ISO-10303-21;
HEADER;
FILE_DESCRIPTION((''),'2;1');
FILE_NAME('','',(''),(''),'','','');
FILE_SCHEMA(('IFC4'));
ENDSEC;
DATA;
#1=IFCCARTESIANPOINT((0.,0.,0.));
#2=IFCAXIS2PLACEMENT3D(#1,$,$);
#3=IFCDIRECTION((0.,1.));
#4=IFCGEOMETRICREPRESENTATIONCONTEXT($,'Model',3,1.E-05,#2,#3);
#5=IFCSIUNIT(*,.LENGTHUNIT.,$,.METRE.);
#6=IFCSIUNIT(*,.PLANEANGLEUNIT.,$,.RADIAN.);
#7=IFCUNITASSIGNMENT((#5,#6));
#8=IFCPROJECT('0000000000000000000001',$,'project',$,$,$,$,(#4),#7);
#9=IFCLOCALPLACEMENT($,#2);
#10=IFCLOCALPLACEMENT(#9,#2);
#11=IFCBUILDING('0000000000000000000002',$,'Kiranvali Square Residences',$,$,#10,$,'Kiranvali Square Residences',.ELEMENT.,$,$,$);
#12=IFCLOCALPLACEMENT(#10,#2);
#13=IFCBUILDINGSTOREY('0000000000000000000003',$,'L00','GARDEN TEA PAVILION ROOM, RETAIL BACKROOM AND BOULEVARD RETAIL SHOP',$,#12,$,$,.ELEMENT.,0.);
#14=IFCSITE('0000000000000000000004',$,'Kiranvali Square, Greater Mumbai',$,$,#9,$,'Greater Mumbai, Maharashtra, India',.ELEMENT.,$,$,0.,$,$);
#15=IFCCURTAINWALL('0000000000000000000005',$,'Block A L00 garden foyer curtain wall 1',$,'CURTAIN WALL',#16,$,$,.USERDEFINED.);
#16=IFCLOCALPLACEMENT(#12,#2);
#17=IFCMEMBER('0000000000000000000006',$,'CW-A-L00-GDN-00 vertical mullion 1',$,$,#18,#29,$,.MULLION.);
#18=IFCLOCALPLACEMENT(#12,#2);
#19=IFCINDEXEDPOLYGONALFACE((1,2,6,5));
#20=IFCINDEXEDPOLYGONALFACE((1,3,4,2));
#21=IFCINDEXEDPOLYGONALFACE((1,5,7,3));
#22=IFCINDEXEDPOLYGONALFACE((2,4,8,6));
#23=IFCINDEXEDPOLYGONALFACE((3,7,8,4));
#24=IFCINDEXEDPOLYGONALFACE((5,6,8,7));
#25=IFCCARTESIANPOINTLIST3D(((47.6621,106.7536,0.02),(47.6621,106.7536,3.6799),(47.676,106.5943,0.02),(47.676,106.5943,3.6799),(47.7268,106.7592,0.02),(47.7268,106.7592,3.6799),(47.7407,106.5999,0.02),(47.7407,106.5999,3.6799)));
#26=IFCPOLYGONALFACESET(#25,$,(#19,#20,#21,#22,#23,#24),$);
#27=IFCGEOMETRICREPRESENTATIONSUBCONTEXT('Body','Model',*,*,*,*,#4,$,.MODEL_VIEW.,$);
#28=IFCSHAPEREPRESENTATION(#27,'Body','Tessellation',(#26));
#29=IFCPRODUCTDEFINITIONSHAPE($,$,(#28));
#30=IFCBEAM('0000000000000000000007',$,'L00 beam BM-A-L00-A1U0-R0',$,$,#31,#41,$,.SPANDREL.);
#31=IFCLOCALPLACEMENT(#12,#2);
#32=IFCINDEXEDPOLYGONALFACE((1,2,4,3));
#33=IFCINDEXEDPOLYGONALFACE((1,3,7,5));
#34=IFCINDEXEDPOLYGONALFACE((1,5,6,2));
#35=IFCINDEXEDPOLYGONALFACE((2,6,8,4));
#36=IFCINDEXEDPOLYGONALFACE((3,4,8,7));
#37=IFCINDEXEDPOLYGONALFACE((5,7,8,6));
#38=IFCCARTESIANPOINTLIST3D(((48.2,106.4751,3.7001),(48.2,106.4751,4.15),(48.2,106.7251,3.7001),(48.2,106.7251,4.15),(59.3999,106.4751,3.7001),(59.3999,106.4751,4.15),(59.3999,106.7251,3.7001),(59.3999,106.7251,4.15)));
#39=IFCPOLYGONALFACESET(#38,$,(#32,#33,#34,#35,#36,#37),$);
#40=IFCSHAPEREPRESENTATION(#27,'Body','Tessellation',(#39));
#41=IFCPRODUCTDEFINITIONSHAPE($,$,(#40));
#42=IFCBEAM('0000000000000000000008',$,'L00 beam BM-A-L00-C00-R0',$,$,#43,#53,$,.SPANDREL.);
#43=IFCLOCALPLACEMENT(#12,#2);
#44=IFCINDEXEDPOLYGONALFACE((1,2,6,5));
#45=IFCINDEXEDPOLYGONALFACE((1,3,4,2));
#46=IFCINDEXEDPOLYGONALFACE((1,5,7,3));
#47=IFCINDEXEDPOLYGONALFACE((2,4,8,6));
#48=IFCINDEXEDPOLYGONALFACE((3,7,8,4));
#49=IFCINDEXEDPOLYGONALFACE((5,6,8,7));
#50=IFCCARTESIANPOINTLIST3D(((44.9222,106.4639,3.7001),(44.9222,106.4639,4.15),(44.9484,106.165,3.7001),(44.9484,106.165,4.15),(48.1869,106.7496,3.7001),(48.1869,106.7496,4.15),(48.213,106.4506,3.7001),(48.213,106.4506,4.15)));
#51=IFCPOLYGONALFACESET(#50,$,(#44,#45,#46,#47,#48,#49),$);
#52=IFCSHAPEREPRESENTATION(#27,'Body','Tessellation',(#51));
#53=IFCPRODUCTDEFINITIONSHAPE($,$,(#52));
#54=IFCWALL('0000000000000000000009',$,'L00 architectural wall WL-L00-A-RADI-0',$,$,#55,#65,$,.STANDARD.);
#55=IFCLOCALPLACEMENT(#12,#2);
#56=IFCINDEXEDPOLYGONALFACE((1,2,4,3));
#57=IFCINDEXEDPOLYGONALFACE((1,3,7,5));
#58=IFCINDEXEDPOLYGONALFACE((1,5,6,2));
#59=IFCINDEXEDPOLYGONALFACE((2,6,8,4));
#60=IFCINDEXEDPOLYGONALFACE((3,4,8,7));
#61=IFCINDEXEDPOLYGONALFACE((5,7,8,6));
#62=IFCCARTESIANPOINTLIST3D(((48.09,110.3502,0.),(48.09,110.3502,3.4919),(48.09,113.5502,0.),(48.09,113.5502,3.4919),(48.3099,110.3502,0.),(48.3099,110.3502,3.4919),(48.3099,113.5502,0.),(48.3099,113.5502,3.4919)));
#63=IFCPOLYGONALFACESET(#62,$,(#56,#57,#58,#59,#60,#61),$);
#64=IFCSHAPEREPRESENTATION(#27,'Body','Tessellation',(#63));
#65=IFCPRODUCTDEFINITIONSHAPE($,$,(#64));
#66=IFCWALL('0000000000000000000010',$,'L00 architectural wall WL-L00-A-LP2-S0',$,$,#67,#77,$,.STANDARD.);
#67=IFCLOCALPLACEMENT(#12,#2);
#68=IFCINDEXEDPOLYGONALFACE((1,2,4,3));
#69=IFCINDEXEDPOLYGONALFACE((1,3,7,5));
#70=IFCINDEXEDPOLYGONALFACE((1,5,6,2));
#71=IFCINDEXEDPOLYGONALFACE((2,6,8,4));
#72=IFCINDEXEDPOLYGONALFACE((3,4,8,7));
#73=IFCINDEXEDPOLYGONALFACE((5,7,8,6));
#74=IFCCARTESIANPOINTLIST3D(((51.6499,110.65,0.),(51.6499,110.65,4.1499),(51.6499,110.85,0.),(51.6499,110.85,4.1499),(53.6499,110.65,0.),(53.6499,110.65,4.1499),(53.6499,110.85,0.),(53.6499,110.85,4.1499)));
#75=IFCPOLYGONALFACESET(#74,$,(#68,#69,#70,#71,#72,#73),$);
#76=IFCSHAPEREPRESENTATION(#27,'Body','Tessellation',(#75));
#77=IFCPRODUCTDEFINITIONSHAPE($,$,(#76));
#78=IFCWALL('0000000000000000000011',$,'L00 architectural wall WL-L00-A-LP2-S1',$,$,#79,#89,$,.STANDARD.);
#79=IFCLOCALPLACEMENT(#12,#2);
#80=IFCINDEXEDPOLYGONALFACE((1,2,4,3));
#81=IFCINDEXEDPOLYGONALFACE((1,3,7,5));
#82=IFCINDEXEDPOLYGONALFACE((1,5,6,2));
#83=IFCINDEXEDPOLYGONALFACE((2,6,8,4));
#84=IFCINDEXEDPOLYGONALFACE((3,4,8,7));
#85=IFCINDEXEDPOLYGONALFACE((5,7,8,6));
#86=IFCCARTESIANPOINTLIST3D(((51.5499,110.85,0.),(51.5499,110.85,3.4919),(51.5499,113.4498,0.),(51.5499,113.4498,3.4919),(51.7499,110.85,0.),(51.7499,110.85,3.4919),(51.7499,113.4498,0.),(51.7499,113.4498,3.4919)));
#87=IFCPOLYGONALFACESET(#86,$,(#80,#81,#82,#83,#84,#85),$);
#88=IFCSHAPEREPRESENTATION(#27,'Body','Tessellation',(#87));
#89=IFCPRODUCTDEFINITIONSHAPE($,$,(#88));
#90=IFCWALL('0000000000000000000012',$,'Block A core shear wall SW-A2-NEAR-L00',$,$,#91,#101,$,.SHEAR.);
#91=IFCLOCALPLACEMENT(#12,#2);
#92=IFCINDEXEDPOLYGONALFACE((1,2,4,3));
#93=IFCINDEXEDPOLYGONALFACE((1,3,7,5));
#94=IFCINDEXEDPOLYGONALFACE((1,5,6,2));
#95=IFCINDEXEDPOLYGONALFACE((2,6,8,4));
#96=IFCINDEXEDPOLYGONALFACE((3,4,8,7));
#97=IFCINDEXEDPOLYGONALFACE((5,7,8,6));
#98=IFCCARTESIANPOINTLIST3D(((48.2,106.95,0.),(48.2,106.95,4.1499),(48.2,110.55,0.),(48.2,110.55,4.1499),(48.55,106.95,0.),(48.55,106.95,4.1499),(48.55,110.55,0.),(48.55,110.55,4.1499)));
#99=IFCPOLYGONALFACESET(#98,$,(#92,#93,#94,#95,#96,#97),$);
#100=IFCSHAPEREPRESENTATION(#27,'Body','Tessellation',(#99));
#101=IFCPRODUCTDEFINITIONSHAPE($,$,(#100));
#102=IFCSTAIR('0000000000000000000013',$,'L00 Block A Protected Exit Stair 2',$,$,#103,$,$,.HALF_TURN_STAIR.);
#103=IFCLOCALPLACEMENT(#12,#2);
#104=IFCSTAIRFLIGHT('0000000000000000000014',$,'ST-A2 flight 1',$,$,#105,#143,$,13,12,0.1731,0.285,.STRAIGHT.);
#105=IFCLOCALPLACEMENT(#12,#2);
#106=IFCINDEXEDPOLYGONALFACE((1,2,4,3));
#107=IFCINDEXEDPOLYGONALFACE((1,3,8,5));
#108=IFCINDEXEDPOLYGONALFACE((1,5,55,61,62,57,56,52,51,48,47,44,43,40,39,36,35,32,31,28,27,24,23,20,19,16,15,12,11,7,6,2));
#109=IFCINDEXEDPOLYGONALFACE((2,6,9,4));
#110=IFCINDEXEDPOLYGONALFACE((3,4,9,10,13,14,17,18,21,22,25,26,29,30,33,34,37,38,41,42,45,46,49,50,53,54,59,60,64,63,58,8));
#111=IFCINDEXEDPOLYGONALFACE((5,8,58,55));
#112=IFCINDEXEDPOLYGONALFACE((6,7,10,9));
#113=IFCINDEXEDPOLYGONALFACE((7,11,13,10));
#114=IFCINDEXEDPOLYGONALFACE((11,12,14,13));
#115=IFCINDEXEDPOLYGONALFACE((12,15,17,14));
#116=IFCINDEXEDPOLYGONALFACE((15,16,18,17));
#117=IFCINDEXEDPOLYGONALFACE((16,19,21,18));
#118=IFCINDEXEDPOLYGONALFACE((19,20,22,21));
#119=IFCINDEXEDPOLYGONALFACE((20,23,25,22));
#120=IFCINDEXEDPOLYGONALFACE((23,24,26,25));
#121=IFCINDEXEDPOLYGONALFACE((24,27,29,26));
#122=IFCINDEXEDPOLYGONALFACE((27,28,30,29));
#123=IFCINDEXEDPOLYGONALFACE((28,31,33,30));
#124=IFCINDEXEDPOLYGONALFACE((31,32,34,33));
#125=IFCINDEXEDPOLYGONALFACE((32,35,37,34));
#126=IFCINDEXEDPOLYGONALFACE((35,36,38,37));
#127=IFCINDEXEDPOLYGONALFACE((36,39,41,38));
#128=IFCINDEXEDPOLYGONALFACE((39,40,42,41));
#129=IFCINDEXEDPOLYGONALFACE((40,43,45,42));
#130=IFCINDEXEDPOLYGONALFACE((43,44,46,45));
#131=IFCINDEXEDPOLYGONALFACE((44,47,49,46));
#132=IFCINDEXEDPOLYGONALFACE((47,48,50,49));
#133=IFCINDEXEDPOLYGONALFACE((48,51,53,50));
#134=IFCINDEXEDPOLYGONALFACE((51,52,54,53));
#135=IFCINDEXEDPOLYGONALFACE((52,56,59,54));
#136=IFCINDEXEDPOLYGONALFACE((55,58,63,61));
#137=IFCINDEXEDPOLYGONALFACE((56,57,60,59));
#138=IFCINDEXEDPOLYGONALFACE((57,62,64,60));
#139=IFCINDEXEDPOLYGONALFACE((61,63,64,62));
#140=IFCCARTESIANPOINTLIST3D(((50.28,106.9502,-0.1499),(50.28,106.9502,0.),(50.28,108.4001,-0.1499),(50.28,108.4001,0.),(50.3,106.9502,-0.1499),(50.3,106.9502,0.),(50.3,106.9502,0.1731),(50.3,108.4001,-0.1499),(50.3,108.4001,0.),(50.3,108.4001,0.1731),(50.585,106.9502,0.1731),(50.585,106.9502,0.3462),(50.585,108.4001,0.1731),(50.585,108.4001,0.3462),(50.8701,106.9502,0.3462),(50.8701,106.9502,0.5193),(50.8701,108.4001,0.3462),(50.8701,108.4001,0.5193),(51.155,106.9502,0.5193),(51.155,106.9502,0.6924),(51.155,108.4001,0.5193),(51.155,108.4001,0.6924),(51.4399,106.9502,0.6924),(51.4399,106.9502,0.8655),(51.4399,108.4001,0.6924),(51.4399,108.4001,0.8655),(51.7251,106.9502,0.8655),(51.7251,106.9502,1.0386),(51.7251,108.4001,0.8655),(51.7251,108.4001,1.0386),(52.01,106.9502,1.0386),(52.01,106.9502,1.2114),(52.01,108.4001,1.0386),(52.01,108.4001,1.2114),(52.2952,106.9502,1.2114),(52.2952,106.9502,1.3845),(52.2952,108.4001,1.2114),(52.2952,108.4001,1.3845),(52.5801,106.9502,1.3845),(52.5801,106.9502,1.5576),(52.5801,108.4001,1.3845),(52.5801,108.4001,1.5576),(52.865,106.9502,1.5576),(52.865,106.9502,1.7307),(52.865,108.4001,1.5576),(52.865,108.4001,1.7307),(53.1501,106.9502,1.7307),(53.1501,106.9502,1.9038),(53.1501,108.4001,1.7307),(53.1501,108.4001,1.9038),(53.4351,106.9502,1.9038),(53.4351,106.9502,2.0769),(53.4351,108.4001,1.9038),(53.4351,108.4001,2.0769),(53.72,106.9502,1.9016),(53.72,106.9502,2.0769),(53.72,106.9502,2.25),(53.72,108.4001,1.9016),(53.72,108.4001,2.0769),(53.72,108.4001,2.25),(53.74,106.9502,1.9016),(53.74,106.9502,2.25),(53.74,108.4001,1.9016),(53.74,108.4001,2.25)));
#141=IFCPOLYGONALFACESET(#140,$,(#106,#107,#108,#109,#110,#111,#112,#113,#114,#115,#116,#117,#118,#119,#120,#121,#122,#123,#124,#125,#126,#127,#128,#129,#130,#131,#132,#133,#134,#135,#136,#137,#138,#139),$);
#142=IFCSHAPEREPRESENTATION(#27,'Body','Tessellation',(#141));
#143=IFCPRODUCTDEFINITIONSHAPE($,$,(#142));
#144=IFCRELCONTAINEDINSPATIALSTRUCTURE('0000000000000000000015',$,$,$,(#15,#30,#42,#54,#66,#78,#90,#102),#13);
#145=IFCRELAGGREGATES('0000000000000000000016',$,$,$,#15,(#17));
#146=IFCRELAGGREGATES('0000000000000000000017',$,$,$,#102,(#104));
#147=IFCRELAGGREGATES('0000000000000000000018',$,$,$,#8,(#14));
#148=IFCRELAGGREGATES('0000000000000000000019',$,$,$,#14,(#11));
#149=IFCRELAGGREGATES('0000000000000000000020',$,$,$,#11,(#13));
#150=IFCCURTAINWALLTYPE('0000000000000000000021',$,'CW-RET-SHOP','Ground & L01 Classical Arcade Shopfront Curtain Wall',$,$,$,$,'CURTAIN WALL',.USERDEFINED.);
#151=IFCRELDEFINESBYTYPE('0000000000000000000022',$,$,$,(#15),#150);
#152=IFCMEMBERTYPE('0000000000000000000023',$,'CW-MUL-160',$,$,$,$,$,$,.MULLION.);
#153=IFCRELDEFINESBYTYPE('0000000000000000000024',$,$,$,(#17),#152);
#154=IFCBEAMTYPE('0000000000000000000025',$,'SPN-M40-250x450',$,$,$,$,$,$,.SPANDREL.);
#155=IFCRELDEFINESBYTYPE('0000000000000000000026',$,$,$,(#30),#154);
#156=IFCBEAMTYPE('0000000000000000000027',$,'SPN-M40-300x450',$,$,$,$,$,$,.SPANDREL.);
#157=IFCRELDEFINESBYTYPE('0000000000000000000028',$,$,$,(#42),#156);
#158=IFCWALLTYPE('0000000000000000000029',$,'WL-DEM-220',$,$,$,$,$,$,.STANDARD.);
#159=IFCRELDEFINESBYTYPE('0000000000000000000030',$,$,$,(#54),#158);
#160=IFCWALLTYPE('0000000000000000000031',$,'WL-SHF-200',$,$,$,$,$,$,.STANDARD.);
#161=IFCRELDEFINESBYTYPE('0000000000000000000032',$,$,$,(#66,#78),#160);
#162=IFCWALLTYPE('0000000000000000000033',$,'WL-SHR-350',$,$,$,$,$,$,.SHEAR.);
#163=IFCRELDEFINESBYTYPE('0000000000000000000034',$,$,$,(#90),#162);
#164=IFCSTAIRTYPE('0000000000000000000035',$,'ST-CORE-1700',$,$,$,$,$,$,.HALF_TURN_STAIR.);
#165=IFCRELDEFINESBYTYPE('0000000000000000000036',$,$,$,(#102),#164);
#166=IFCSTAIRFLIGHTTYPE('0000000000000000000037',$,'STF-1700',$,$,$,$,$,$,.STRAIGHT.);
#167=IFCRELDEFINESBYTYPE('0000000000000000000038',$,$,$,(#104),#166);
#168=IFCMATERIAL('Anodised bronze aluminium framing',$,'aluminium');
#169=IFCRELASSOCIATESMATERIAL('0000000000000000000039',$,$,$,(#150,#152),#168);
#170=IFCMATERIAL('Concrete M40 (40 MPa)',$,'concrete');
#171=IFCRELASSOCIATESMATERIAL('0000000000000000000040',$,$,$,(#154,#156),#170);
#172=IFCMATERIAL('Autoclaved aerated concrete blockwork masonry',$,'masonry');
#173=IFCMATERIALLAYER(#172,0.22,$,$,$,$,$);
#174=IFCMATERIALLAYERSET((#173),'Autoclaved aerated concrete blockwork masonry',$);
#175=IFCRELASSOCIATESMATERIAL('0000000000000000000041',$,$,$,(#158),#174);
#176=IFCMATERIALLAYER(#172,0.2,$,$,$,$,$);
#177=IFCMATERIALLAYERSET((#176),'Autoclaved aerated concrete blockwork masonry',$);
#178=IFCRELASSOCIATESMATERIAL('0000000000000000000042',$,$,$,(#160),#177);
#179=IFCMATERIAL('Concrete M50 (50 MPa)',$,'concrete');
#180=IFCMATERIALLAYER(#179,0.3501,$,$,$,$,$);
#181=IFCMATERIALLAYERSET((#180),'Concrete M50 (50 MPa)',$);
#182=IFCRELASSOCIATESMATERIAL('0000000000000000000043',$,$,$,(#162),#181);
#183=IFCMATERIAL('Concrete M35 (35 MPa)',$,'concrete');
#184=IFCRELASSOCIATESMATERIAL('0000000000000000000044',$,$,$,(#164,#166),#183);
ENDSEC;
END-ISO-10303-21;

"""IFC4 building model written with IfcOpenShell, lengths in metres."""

from ifc_helpers import new_model, si_unit, direction, frame, frame_2d, origin, origin_2d, place, context, subcontext, project, spatial, polyline, rectangle, outline, extrude, material, layer, layer_set, material_profile, profile_set, type_object, element, aggregate, save


model = new_model("IFC4")

# Units and contexts
model_context = context("Model", 3, precision=1e-05, world=origin(), true_north=direction((0.0, 1.0)))
body_context = subcontext(model_context, "Body", "Model", "MODEL_VIEW")
ifc_project = project(units=[si_unit("LENGTHUNIT", "METRE"), si_unit("PLANEANGLEUNIT", "RADIAN")], contexts=[model_context])

# Site, building, storey
site_placement = place(None, origin())
site = spatial("IfcSite", under=ifc_project, at=site_placement, Name="Kiranvali Square, Greater Mumbai", LongName="Greater Mumbai, Maharashtra, India", CompositionType="ELEMENT", RefElevation=0.0)
building_placement = place(site_placement, origin())
building = spatial("IfcBuilding", under=site, at=building_placement, Name="Kiranvali Square Residences", LongName="Kiranvali Square Residences", CompositionType="ELEMENT")
storey_placement = place(building_placement, origin())
storey = spatial("IfcBuildingStorey", under=building, at=storey_placement, Name="L00", Description="GARDEN TEA PAVILION ROOM, RETAIL BACKROOM AND BOULEVARD RETAIL SHOP", CompositionType="ELEMENT", Elevation=0.0)

# Curtain wall, member
ifc_material_1 = material(Name="Anodised bronze aluminium framing", Category="aluminium")
curtain_wall_type = type_object("IfcCurtainWallType", Name="CW-RET-SHOP", Description="Ground & L01 Classical Arcade Shopfront Curtain Wall", ElementType="CURTAIN WALL", PredefinedType="USERDEFINED", material=ifc_material_1)
curtain_wall_placement = place(storey_placement, origin())
curtain_wall = element("IfcCurtainWall", 1, at=curtain_wall_placement, inside=storey, type_object=curtain_wall_type, Name="Block A L00 garden foyer curtain wall 1", ObjectType="CURTAIN WALL", PredefinedType="USERDEFINED")
ifc_material_profile_1 = material_profile(ifc_material_1, rectangle(XDim=0.0649, YDim=0.1599, at=origin_2d()), Name="ALU 65x160")
ifc_profile_set_1 = profile_set([ifc_material_profile_1], Name="Anodised bronze aluminium framing")
member_type = type_object("IfcMemberType", Name="CW-MUL-160", PredefinedType="MULLION", material=ifc_profile_set_1)
member_placement = place(storey_placement, frame((47.7014, 106.6768, 0.02), z_axis=(0.0, 0.0, 1.0), x_axis=(-0.996195, -0.087156, 0.0)))
member = element("IfcMember", 2, at=member_placement, type_object=member_type, Name="CW-A-L00-GDN-00 vertical mullion 1", PredefinedType="MULLION", context=body_context, shape_type="SweptSolid", body=[
    extrude(rectangle(XDim=0.0649, YDim=0.1599, at=origin_2d()), origin(), (0.0, 0.0, 1.0), 3.6599),
])
aggregate(curtain_wall, [member])

# Beams
ifc_material_2 = material(Name="Concrete M40 (40 MPa)", Category="concrete")
ifc_material_profile_2 = material_profile(ifc_material_2, rectangle(XDim=0.25, YDim=0.45, at=origin_2d()), Name="RC 250x450")
ifc_profile_set_2 = profile_set([ifc_material_profile_2], Name="Concrete M40 (40 MPa)")
beam_type_1 = type_object("IfcBeamType", Name="SPN-M40-250x450", PredefinedType="SPANDREL", material=ifc_profile_set_2)
beam_1_placement = place(storey_placement, frame((48.2, 106.6001, 3.925), z_axis=(1.0, 0.0, 0.0), x_axis=(0.0, 1.0, 0.0)))
element("IfcBeam", 3, at=beam_1_placement, inside=storey, type_object=beam_type_1, Name="L00 beam BM-A-L00-A1U0-R0", PredefinedType="SPANDREL", context=body_context, shape_type="SweptSolid", body=[
    extrude(rectangle(XDim=0.25, YDim=0.45, at=origin_2d()), origin(), (0.0, 0.0, 1.0), 11.2),
])
ifc_material_profile_3 = material_profile(ifc_material_2, rectangle(XDim=0.3, YDim=0.45, at=origin_2d()), Name="RC 300x450")
ifc_profile_set_3 = profile_set([ifc_material_profile_3], Name="Concrete M40 (40 MPa)")
beam_type_2 = type_object("IfcBeamType", Name="SPN-M40-300x450", PredefinedType="SPANDREL", material=ifc_profile_set_3)
beam_2_placement = place(storey_placement, frame((48.2, 106.6001, 3.925), z_axis=(-0.996194, -0.087163, 0.0), x_axis=(0.087163, -0.996194, 0.0)))
element("IfcBeam", 4, at=beam_2_placement, inside=storey, type_object=beam_type_2, Name="L00 beam BM-A-L00-C00-R0", PredefinedType="SPANDREL", context=body_context, shape_type="SweptSolid", body=[
    extrude(rectangle(XDim=0.3, YDim=0.45, at=origin_2d()), origin(), (0.0, 0.0, 1.0), 3.2771),
])

# Walls
ifc_material_3 = material(Name="Autoclaved aerated concrete blockwork masonry", Category="masonry")
ifc_layer_1 = layer(ifc_material_3, 0.22)
ifc_layer_set_1 = layer_set([ifc_layer_1], Name="Autoclaved aerated concrete blockwork masonry")
wall_type_1 = type_object("IfcWallType", Name="WL-DEM-220", PredefinedType="STANDARD", material=ifc_layer_set_1)
wall_1_placement = place(storey_placement, frame((48.2, 110.3501, 0.0), z_axis=(0.0, 0.0, 1.0), x_axis=(0.0, 1.0, 0.0)))
element("IfcWall", 5, at=wall_1_placement, inside=storey, type_object=wall_type_1, Name="L00 architectural wall WL-L00-A-RADI-0", PredefinedType="STANDARD", context=body_context, shape_type="SweptSolid", body=[
    extrude(rectangle(XDim=3.2, YDim=0.22, at=frame_2d((1.6001, 0.0))), origin(), (0.0, 0.0, 1.0), 3.4919),
])
ifc_layer_2 = layer(ifc_material_3, 0.2)
ifc_layer_set_2 = layer_set([ifc_layer_2], Name="Autoclaved aerated concrete blockwork masonry")
wall_type_2 = type_object("IfcWallType", Name="WL-SHF-200", PredefinedType="STANDARD", material=ifc_layer_set_2)
wall_2_placement = place(storey_placement, frame((51.6499, 110.75, 0.0), z_axis=(0.0, 0.0, 1.0), x_axis=(1.0, 0.0, 0.0)))
element("IfcWall", 6, at=wall_2_placement, inside=storey, type_object=wall_type_2, Name="L00 architectural wall WL-L00-A-LP2-S0", PredefinedType="STANDARD", context=body_context, shape_type="SweptSolid", body=[
    extrude(rectangle(XDim=2.0, YDim=0.2, at=frame_2d((1.0, 0.0))), origin(), (0.0, 0.0, 1.0), 4.1499),
])
wall_3_placement = place(storey_placement, frame((51.6499, 110.8501, 0.0), z_axis=(0.0, 0.0, 1.0), x_axis=(0.0, 1.0, 0.0)))
element("IfcWall", 7, at=wall_3_placement, inside=storey, type_object=wall_type_2, Name="L00 architectural wall WL-L00-A-LP2-S1", PredefinedType="STANDARD", context=body_context, shape_type="SweptSolid", body=[
    extrude(rectangle(XDim=2.5999, YDim=0.2, at=frame_2d((1.2998, 0.0))), origin(), (0.0, 0.0, 1.0), 3.4919),
])

# Shared definitions
ifc_material_4 = material(Name="Concrete M50 (50 MPa)", Category="concrete")
ifc_layer_3 = layer(ifc_material_4, 0.3501)
ifc_layer_set_3 = layer_set([ifc_layer_3], Name="Concrete M50 (50 MPa)")
wall_type_3 = type_object("IfcWallType", Name="WL-SHR-350", PredefinedType="SHEAR", material=ifc_layer_set_3)

# Wall
wall_4_placement = place(storey_placement, frame((48.375, 106.95, 0.0), z_axis=(0.0, 0.0, 1.0), x_axis=(0.0, 1.0, 0.0)))
element("IfcWall", 8, at=wall_4_placement, inside=storey, type_object=wall_type_3, Name="Block A core shear wall SW-A2-NEAR-L00", PredefinedType="SHEAR", context=body_context, shape_type="SweptSolid", body=[
    extrude(rectangle(XDim=3.6001, YDim=0.3501, at=frame_2d((1.8, 0.0))), origin(), (0.0, 0.0, 1.0), 4.1499),
])

# Stair, stair flight
ifc_material_5 = material(Name="Concrete M35 (35 MPa)", Category="concrete")
stair_type = type_object("IfcStairType", Name="ST-CORE-1700", PredefinedType="HALF_TURN_STAIR", material=ifc_material_5)
stair_placement = place(storey_placement, origin())
stair = element("IfcStair", 9, at=stair_placement, inside=storey, type_object=stair_type, Name="L00 Block A Protected Exit Stair 2", PredefinedType="HALF_TURN_STAIR")
stair_flight_type = type_object("IfcStairFlightType", Name="STF-1700", PredefinedType="STRAIGHT", material=ifc_material_5)
stair_flight_1_placement = place(storey_placement, frame((50.3, 107.675, 0.0), z_axis=(0.0, 0.0, 1.0), x_axis=(1.0, 0.0, 0.0)))
stair_flight_1 = element("IfcStairFlight", 10, at=stair_flight_1_placement, type_object=stair_flight_type, Name="ST-A2 flight 1", NumberOfRisers=13, NumberOfTreads=12, PredefinedType="STRAIGHT", RiserHeight=0.1731, TreadLength=0.285, context=body_context, shape_type="SweptSolid", body=[
    extrude(outline(polyline([(-0.02, -0.1499), (-0.02, 0.0), (0.0, 0.0), (0.0, 0.1731), (0.2849, 0.1731), (0.2849, 0.3462), (0.5701, 0.3462), (0.5701, 0.5193), (0.855, 0.5193), (0.855, 0.6924), (1.1399, 0.6924), (1.1399, 0.8655), (1.425, 0.8655), (1.425, 1.0386), (1.71, 1.0386), (1.71, 1.2114), (1.9951, 1.2114), (1.9951, 1.3845), (2.28, 1.3845), (2.28, 1.5576), (2.5649, 1.5576), (2.5649, 1.7307), (2.8501, 1.7307), (2.8501, 1.9038), (3.135, 1.9038), (3.135, 2.0769), (3.4199, 2.0769), (3.4199, 2.25), (3.4399, 2.25), (3.4399, 1.9016), (3.4199, 1.9016), (0.0, -0.1499), (-0.02, -0.1499)])), frame((0.0, 0.7251, 0.0), z_axis=(0.0, -1.0, 0.0), x_axis=(1.0, 0.0, 0.0)), (0.0, 0.0, 1.0), 1.45),
])
aggregate(stair, [stair_flight_1])

save(model, "model.ifc")
